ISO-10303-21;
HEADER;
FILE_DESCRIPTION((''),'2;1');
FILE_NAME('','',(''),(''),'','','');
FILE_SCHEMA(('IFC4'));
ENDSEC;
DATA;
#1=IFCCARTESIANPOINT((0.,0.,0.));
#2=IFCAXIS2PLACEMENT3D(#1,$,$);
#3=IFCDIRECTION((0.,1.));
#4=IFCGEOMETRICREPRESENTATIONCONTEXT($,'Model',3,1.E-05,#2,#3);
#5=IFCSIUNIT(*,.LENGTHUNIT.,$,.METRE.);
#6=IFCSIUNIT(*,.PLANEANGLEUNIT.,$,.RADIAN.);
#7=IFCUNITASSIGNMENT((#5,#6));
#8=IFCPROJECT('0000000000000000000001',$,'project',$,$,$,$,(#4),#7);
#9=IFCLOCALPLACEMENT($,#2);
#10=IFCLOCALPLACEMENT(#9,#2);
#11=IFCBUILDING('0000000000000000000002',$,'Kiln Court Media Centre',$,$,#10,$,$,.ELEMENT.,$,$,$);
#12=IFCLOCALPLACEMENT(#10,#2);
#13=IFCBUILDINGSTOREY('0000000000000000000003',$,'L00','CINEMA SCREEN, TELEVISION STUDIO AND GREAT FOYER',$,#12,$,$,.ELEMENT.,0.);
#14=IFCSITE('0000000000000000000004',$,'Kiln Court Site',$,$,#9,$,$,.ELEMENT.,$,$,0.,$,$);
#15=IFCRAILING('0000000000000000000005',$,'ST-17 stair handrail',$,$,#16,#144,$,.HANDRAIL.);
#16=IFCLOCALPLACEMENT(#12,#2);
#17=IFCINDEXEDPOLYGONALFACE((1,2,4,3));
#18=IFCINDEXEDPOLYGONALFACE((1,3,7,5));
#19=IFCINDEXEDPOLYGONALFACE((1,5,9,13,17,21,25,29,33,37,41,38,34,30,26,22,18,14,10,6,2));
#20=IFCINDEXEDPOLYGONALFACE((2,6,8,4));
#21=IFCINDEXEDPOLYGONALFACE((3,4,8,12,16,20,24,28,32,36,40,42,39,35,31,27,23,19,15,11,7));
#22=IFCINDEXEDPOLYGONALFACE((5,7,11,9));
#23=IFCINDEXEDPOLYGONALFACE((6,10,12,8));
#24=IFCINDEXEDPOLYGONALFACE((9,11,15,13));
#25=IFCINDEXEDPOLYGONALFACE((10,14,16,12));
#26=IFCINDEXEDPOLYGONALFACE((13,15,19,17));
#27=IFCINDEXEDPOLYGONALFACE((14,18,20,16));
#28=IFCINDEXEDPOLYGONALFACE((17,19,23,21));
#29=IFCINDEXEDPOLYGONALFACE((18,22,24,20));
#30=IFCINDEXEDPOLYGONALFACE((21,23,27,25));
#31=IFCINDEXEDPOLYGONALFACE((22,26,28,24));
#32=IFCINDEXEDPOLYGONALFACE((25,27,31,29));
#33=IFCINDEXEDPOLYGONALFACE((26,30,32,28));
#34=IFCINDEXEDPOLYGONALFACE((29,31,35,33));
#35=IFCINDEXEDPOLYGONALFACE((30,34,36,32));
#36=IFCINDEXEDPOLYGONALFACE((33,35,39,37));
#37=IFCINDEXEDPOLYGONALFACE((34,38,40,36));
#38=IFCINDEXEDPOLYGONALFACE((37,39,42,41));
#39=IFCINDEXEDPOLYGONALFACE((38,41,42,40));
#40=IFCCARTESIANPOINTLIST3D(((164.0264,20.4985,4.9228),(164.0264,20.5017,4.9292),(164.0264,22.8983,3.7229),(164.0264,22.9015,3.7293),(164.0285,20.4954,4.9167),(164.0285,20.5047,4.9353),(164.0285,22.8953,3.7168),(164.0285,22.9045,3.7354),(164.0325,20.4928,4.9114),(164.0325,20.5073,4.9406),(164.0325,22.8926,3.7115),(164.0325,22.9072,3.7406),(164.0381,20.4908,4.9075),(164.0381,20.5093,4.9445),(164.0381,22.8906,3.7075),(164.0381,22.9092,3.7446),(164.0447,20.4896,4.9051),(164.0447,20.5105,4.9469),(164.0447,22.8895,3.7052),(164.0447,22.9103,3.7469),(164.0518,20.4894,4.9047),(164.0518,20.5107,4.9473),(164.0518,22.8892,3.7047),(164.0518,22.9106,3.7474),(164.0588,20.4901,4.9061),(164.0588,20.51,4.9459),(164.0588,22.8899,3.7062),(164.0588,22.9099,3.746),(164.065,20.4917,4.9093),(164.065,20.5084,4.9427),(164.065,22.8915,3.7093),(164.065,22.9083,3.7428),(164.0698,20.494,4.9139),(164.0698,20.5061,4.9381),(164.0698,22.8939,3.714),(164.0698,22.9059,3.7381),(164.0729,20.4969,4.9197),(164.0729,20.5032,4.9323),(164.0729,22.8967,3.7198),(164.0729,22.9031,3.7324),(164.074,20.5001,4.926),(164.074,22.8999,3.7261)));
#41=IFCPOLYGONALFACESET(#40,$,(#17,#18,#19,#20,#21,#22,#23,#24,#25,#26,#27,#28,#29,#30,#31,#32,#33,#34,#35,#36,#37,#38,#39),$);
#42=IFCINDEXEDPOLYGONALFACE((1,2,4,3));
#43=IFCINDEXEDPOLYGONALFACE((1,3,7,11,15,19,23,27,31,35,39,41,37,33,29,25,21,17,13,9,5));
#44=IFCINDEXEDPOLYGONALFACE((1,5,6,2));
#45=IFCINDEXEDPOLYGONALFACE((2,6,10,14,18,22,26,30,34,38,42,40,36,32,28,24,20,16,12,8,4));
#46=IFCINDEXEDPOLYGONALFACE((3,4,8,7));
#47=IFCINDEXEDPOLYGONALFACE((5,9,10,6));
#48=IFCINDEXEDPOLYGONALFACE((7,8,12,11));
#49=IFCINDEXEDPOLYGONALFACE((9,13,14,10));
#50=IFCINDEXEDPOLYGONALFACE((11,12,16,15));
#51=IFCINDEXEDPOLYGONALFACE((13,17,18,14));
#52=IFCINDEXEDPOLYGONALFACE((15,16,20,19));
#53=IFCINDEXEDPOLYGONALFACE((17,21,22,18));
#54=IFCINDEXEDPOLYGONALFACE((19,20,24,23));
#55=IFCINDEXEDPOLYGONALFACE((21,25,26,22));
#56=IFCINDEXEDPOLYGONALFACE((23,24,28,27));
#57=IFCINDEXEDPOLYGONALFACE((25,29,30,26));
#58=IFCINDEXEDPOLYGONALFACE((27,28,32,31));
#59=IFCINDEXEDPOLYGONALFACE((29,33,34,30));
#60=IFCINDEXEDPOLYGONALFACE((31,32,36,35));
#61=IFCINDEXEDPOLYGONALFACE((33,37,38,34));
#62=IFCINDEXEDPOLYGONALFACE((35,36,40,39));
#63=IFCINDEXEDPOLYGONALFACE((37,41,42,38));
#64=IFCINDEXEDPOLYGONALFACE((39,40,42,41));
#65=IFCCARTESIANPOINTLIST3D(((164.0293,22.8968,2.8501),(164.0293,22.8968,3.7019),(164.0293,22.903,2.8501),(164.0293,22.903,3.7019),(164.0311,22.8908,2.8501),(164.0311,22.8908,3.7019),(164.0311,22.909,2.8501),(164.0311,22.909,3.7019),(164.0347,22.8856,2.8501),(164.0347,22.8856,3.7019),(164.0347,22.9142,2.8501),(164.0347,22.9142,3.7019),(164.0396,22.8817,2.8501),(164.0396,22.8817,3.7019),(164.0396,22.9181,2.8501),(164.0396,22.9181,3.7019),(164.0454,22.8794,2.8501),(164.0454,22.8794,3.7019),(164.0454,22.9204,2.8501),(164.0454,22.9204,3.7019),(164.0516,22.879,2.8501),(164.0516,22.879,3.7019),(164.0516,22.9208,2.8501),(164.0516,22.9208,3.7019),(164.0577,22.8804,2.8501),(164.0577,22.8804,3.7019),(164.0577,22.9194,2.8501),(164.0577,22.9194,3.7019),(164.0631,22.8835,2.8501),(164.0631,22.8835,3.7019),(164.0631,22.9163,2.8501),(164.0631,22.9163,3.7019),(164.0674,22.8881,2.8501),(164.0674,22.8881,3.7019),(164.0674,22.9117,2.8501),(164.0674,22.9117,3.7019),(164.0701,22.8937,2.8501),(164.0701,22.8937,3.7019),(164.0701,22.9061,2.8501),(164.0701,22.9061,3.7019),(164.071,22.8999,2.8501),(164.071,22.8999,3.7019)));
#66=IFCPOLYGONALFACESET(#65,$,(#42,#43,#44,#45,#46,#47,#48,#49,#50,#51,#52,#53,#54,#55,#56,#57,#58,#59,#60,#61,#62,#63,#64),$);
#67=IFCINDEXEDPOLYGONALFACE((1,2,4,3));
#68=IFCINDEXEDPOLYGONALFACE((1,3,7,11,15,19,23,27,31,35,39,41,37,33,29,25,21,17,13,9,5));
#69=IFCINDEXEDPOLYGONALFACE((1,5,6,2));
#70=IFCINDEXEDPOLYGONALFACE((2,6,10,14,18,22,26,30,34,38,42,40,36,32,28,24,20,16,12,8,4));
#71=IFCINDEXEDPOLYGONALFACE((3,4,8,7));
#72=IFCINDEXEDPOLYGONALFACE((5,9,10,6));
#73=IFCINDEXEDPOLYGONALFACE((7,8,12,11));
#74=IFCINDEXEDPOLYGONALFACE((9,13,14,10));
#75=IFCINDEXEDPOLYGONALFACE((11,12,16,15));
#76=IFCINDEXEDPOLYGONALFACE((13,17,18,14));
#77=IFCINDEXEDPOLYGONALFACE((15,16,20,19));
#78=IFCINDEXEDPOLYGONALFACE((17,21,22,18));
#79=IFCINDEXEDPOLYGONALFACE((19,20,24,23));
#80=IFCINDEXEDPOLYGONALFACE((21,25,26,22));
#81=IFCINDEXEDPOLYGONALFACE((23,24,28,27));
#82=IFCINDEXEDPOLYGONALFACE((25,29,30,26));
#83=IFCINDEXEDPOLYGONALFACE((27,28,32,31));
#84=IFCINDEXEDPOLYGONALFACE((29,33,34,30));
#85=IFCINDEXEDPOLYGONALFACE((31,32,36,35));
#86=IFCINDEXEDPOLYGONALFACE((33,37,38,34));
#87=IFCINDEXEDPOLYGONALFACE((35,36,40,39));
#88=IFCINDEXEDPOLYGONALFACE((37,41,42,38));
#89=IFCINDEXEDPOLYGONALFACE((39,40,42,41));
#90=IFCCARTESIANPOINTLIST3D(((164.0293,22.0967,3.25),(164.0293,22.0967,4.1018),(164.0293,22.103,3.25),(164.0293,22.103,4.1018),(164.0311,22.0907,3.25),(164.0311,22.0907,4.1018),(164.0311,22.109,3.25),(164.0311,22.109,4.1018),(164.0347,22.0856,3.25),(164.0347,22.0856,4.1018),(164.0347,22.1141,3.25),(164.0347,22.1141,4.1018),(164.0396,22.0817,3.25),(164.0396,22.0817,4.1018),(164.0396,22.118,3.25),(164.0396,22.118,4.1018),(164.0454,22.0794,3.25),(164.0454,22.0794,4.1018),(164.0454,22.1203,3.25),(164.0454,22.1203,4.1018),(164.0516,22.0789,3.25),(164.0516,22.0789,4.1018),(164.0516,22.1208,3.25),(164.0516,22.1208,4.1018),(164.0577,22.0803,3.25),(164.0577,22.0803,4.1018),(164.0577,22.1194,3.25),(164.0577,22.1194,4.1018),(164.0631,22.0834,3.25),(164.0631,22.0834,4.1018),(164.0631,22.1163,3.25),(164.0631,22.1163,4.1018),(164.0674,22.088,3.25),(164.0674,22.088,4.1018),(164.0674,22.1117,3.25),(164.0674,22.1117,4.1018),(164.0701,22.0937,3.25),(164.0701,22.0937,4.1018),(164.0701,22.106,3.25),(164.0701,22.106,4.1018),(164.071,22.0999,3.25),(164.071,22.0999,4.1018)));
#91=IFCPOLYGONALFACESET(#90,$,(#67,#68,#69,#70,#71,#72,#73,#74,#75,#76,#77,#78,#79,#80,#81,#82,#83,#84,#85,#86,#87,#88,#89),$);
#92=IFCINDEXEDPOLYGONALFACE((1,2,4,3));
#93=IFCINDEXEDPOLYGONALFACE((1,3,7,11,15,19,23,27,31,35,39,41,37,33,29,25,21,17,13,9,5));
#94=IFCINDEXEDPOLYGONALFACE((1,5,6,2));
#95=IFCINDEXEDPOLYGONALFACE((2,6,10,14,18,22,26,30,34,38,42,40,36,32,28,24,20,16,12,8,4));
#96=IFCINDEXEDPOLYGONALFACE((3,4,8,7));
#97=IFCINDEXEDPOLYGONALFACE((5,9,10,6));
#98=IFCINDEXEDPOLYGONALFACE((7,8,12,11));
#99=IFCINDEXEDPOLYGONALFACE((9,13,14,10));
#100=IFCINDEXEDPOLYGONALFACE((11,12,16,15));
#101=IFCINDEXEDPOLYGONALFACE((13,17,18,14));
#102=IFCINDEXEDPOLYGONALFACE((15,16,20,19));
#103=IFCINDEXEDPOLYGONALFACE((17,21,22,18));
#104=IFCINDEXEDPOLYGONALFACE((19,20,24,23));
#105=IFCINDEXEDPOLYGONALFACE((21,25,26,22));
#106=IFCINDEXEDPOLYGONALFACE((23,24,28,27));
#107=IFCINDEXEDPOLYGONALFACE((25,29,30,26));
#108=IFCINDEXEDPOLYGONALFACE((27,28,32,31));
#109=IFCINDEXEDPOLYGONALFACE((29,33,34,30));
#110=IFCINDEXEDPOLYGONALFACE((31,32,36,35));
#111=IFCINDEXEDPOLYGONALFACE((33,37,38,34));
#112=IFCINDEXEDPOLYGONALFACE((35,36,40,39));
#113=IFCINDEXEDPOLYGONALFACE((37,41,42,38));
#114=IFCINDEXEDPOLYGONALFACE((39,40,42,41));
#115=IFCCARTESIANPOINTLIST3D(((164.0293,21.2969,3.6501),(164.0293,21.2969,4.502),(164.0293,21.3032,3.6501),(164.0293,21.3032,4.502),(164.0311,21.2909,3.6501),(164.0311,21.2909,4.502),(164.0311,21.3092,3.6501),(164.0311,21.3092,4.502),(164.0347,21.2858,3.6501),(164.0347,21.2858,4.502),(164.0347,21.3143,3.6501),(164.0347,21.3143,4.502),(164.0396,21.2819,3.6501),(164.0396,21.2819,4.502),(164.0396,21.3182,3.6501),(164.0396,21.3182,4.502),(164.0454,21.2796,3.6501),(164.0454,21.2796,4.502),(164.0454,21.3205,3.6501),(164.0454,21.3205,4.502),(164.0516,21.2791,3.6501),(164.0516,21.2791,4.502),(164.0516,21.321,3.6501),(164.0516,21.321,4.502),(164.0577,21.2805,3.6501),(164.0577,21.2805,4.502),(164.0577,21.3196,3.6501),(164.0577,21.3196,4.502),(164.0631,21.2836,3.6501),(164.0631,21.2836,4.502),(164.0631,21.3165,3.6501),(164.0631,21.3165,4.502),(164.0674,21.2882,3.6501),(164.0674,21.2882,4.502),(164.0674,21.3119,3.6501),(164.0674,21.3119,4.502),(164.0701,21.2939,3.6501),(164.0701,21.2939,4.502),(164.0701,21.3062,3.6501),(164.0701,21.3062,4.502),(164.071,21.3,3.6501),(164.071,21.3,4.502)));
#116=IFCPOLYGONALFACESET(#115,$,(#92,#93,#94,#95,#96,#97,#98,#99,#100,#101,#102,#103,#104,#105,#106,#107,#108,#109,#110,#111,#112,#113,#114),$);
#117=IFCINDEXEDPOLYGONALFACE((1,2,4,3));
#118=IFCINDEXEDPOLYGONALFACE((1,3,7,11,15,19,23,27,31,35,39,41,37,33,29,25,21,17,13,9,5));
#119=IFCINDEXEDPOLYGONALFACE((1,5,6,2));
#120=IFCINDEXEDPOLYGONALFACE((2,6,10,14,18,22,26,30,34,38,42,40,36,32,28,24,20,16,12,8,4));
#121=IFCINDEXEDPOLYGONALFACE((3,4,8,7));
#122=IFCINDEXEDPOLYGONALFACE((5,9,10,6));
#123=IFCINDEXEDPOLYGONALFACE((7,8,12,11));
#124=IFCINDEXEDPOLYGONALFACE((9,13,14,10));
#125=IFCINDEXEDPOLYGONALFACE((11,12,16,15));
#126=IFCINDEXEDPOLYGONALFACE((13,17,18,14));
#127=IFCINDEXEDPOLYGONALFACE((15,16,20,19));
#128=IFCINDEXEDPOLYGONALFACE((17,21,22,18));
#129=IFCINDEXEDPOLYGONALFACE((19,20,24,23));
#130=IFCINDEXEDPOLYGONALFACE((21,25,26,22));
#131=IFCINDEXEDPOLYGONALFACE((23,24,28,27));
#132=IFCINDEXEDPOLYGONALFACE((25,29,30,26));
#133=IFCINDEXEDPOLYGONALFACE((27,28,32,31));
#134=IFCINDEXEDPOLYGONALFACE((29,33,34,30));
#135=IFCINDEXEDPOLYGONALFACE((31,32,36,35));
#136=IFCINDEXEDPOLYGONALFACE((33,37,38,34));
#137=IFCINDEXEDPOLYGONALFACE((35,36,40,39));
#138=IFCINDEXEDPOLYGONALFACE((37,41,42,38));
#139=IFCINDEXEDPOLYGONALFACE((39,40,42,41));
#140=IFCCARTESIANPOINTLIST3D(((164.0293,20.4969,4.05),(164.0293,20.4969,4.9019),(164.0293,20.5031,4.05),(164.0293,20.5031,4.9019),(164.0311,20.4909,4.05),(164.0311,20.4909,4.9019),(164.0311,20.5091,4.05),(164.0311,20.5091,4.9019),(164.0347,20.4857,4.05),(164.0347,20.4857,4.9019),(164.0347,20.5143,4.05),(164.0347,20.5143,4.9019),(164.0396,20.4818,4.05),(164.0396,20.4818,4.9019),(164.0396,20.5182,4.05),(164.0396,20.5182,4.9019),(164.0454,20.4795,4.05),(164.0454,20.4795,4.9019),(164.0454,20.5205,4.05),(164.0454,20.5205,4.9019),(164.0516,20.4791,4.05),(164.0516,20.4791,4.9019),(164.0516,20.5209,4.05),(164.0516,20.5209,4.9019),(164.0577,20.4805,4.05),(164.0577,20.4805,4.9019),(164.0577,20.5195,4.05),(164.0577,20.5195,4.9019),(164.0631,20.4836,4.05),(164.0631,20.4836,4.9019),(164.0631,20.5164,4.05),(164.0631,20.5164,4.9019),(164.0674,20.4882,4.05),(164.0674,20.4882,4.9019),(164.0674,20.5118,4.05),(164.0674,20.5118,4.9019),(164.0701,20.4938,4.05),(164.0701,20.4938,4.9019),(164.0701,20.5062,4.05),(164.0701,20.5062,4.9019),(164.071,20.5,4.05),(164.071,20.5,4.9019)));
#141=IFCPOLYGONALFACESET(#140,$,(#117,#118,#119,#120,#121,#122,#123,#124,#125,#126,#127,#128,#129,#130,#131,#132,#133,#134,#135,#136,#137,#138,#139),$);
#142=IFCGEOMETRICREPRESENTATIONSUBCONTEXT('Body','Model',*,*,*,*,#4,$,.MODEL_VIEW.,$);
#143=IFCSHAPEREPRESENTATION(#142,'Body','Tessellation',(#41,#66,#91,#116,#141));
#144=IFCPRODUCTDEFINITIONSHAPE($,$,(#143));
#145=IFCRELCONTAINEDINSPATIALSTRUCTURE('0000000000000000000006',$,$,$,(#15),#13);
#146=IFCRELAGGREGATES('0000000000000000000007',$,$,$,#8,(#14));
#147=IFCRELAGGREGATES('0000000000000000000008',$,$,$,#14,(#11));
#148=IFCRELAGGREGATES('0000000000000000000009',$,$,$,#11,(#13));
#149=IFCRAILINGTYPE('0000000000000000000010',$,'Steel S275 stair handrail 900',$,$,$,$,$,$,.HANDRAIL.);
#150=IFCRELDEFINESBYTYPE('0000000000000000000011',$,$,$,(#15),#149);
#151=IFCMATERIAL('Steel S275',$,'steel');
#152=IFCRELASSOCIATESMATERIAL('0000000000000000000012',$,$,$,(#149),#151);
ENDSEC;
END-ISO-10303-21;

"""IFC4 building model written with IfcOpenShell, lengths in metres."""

from ifc_helpers import new_model, si_unit, direction, frame, origin, origin_2d, place, context, subcontext, project, spatial, circle, extrude, material, type_object, element, save


model = new_model("IFC4")

# Units and contexts
model_context = context("Model", 3, precision=1e-05, world=origin(), true_north=direction((0.0, 1.0)))
body_context = subcontext(model_context, "Body", "Model", "MODEL_VIEW")
ifc_project = project(units=[si_unit("LENGTHUNIT", "METRE"), si_unit("PLANEANGLEUNIT", "RADIAN")], contexts=[model_context])

# Site, building, storey
site_placement = place(None, origin())
site = spatial("IfcSite", under=ifc_project, at=site_placement, Name="Kiln Court Site", CompositionType="ELEMENT", RefElevation=0.0)
building_placement = place(site_placement, origin())
building = spatial("IfcBuilding", under=site, at=building_placement, Name="Kiln Court Media Centre", CompositionType="ELEMENT")
storey_placement = place(building_placement, origin())
storey = spatial("IfcBuildingStorey", under=building, at=storey_placement, Name="L00", Description="CINEMA SCREEN, TELEVISION STUDIO AND GREAT FOYER", CompositionType="ELEMENT", Elevation=0.0)

# Railing
ifc_material_1 = material(Name="Steel S275", Category="steel")
railing_type_1 = type_object("IfcRailingType", Name="Steel S275 stair handrail 900", PredefinedType="HANDRAIL", material=ifc_material_1)
railing_1_placement = place(storey_placement, frame((164.05, 22.8999, 2.8501)))
element("IfcRailing", 1, at=railing_1_placement, inside=storey, type_object=railing_type_1, Name="ST-17 stair handrail", PredefinedType="HANDRAIL", context=body_context, shape_type="SweptSolid", body=[
    extrude(circle(Radius=0.0239, at=origin_2d()), frame((0.0, 0.0, 0.876), z_axis=(0.0, -0.894427, 0.447214), x_axis=(1.0, 0.0, 0.0)), (0.0, 0.0, 1.0), 2.6831),
    extrude(circle(Radius=0.021, at=origin_2d()), origin(), (0.0, 0.0, 1.0), 0.8518),
    extrude(circle(Radius=0.021, at=origin_2d()), frame((0.0, -0.8, 0.3999)), (0.0, 0.0, 1.0), 0.8518),
    extrude(circle(Radius=0.021, at=origin_2d()), frame((0.0, -1.5999, 0.8)), (0.0, 0.0, 1.0), 0.8518),
    extrude(circle(Radius=0.021, at=origin_2d()), frame((0.0, -2.3999, 1.2)), (0.0, 0.0, 1.0), 0.8518),
])

save(model, "model.ifc")
